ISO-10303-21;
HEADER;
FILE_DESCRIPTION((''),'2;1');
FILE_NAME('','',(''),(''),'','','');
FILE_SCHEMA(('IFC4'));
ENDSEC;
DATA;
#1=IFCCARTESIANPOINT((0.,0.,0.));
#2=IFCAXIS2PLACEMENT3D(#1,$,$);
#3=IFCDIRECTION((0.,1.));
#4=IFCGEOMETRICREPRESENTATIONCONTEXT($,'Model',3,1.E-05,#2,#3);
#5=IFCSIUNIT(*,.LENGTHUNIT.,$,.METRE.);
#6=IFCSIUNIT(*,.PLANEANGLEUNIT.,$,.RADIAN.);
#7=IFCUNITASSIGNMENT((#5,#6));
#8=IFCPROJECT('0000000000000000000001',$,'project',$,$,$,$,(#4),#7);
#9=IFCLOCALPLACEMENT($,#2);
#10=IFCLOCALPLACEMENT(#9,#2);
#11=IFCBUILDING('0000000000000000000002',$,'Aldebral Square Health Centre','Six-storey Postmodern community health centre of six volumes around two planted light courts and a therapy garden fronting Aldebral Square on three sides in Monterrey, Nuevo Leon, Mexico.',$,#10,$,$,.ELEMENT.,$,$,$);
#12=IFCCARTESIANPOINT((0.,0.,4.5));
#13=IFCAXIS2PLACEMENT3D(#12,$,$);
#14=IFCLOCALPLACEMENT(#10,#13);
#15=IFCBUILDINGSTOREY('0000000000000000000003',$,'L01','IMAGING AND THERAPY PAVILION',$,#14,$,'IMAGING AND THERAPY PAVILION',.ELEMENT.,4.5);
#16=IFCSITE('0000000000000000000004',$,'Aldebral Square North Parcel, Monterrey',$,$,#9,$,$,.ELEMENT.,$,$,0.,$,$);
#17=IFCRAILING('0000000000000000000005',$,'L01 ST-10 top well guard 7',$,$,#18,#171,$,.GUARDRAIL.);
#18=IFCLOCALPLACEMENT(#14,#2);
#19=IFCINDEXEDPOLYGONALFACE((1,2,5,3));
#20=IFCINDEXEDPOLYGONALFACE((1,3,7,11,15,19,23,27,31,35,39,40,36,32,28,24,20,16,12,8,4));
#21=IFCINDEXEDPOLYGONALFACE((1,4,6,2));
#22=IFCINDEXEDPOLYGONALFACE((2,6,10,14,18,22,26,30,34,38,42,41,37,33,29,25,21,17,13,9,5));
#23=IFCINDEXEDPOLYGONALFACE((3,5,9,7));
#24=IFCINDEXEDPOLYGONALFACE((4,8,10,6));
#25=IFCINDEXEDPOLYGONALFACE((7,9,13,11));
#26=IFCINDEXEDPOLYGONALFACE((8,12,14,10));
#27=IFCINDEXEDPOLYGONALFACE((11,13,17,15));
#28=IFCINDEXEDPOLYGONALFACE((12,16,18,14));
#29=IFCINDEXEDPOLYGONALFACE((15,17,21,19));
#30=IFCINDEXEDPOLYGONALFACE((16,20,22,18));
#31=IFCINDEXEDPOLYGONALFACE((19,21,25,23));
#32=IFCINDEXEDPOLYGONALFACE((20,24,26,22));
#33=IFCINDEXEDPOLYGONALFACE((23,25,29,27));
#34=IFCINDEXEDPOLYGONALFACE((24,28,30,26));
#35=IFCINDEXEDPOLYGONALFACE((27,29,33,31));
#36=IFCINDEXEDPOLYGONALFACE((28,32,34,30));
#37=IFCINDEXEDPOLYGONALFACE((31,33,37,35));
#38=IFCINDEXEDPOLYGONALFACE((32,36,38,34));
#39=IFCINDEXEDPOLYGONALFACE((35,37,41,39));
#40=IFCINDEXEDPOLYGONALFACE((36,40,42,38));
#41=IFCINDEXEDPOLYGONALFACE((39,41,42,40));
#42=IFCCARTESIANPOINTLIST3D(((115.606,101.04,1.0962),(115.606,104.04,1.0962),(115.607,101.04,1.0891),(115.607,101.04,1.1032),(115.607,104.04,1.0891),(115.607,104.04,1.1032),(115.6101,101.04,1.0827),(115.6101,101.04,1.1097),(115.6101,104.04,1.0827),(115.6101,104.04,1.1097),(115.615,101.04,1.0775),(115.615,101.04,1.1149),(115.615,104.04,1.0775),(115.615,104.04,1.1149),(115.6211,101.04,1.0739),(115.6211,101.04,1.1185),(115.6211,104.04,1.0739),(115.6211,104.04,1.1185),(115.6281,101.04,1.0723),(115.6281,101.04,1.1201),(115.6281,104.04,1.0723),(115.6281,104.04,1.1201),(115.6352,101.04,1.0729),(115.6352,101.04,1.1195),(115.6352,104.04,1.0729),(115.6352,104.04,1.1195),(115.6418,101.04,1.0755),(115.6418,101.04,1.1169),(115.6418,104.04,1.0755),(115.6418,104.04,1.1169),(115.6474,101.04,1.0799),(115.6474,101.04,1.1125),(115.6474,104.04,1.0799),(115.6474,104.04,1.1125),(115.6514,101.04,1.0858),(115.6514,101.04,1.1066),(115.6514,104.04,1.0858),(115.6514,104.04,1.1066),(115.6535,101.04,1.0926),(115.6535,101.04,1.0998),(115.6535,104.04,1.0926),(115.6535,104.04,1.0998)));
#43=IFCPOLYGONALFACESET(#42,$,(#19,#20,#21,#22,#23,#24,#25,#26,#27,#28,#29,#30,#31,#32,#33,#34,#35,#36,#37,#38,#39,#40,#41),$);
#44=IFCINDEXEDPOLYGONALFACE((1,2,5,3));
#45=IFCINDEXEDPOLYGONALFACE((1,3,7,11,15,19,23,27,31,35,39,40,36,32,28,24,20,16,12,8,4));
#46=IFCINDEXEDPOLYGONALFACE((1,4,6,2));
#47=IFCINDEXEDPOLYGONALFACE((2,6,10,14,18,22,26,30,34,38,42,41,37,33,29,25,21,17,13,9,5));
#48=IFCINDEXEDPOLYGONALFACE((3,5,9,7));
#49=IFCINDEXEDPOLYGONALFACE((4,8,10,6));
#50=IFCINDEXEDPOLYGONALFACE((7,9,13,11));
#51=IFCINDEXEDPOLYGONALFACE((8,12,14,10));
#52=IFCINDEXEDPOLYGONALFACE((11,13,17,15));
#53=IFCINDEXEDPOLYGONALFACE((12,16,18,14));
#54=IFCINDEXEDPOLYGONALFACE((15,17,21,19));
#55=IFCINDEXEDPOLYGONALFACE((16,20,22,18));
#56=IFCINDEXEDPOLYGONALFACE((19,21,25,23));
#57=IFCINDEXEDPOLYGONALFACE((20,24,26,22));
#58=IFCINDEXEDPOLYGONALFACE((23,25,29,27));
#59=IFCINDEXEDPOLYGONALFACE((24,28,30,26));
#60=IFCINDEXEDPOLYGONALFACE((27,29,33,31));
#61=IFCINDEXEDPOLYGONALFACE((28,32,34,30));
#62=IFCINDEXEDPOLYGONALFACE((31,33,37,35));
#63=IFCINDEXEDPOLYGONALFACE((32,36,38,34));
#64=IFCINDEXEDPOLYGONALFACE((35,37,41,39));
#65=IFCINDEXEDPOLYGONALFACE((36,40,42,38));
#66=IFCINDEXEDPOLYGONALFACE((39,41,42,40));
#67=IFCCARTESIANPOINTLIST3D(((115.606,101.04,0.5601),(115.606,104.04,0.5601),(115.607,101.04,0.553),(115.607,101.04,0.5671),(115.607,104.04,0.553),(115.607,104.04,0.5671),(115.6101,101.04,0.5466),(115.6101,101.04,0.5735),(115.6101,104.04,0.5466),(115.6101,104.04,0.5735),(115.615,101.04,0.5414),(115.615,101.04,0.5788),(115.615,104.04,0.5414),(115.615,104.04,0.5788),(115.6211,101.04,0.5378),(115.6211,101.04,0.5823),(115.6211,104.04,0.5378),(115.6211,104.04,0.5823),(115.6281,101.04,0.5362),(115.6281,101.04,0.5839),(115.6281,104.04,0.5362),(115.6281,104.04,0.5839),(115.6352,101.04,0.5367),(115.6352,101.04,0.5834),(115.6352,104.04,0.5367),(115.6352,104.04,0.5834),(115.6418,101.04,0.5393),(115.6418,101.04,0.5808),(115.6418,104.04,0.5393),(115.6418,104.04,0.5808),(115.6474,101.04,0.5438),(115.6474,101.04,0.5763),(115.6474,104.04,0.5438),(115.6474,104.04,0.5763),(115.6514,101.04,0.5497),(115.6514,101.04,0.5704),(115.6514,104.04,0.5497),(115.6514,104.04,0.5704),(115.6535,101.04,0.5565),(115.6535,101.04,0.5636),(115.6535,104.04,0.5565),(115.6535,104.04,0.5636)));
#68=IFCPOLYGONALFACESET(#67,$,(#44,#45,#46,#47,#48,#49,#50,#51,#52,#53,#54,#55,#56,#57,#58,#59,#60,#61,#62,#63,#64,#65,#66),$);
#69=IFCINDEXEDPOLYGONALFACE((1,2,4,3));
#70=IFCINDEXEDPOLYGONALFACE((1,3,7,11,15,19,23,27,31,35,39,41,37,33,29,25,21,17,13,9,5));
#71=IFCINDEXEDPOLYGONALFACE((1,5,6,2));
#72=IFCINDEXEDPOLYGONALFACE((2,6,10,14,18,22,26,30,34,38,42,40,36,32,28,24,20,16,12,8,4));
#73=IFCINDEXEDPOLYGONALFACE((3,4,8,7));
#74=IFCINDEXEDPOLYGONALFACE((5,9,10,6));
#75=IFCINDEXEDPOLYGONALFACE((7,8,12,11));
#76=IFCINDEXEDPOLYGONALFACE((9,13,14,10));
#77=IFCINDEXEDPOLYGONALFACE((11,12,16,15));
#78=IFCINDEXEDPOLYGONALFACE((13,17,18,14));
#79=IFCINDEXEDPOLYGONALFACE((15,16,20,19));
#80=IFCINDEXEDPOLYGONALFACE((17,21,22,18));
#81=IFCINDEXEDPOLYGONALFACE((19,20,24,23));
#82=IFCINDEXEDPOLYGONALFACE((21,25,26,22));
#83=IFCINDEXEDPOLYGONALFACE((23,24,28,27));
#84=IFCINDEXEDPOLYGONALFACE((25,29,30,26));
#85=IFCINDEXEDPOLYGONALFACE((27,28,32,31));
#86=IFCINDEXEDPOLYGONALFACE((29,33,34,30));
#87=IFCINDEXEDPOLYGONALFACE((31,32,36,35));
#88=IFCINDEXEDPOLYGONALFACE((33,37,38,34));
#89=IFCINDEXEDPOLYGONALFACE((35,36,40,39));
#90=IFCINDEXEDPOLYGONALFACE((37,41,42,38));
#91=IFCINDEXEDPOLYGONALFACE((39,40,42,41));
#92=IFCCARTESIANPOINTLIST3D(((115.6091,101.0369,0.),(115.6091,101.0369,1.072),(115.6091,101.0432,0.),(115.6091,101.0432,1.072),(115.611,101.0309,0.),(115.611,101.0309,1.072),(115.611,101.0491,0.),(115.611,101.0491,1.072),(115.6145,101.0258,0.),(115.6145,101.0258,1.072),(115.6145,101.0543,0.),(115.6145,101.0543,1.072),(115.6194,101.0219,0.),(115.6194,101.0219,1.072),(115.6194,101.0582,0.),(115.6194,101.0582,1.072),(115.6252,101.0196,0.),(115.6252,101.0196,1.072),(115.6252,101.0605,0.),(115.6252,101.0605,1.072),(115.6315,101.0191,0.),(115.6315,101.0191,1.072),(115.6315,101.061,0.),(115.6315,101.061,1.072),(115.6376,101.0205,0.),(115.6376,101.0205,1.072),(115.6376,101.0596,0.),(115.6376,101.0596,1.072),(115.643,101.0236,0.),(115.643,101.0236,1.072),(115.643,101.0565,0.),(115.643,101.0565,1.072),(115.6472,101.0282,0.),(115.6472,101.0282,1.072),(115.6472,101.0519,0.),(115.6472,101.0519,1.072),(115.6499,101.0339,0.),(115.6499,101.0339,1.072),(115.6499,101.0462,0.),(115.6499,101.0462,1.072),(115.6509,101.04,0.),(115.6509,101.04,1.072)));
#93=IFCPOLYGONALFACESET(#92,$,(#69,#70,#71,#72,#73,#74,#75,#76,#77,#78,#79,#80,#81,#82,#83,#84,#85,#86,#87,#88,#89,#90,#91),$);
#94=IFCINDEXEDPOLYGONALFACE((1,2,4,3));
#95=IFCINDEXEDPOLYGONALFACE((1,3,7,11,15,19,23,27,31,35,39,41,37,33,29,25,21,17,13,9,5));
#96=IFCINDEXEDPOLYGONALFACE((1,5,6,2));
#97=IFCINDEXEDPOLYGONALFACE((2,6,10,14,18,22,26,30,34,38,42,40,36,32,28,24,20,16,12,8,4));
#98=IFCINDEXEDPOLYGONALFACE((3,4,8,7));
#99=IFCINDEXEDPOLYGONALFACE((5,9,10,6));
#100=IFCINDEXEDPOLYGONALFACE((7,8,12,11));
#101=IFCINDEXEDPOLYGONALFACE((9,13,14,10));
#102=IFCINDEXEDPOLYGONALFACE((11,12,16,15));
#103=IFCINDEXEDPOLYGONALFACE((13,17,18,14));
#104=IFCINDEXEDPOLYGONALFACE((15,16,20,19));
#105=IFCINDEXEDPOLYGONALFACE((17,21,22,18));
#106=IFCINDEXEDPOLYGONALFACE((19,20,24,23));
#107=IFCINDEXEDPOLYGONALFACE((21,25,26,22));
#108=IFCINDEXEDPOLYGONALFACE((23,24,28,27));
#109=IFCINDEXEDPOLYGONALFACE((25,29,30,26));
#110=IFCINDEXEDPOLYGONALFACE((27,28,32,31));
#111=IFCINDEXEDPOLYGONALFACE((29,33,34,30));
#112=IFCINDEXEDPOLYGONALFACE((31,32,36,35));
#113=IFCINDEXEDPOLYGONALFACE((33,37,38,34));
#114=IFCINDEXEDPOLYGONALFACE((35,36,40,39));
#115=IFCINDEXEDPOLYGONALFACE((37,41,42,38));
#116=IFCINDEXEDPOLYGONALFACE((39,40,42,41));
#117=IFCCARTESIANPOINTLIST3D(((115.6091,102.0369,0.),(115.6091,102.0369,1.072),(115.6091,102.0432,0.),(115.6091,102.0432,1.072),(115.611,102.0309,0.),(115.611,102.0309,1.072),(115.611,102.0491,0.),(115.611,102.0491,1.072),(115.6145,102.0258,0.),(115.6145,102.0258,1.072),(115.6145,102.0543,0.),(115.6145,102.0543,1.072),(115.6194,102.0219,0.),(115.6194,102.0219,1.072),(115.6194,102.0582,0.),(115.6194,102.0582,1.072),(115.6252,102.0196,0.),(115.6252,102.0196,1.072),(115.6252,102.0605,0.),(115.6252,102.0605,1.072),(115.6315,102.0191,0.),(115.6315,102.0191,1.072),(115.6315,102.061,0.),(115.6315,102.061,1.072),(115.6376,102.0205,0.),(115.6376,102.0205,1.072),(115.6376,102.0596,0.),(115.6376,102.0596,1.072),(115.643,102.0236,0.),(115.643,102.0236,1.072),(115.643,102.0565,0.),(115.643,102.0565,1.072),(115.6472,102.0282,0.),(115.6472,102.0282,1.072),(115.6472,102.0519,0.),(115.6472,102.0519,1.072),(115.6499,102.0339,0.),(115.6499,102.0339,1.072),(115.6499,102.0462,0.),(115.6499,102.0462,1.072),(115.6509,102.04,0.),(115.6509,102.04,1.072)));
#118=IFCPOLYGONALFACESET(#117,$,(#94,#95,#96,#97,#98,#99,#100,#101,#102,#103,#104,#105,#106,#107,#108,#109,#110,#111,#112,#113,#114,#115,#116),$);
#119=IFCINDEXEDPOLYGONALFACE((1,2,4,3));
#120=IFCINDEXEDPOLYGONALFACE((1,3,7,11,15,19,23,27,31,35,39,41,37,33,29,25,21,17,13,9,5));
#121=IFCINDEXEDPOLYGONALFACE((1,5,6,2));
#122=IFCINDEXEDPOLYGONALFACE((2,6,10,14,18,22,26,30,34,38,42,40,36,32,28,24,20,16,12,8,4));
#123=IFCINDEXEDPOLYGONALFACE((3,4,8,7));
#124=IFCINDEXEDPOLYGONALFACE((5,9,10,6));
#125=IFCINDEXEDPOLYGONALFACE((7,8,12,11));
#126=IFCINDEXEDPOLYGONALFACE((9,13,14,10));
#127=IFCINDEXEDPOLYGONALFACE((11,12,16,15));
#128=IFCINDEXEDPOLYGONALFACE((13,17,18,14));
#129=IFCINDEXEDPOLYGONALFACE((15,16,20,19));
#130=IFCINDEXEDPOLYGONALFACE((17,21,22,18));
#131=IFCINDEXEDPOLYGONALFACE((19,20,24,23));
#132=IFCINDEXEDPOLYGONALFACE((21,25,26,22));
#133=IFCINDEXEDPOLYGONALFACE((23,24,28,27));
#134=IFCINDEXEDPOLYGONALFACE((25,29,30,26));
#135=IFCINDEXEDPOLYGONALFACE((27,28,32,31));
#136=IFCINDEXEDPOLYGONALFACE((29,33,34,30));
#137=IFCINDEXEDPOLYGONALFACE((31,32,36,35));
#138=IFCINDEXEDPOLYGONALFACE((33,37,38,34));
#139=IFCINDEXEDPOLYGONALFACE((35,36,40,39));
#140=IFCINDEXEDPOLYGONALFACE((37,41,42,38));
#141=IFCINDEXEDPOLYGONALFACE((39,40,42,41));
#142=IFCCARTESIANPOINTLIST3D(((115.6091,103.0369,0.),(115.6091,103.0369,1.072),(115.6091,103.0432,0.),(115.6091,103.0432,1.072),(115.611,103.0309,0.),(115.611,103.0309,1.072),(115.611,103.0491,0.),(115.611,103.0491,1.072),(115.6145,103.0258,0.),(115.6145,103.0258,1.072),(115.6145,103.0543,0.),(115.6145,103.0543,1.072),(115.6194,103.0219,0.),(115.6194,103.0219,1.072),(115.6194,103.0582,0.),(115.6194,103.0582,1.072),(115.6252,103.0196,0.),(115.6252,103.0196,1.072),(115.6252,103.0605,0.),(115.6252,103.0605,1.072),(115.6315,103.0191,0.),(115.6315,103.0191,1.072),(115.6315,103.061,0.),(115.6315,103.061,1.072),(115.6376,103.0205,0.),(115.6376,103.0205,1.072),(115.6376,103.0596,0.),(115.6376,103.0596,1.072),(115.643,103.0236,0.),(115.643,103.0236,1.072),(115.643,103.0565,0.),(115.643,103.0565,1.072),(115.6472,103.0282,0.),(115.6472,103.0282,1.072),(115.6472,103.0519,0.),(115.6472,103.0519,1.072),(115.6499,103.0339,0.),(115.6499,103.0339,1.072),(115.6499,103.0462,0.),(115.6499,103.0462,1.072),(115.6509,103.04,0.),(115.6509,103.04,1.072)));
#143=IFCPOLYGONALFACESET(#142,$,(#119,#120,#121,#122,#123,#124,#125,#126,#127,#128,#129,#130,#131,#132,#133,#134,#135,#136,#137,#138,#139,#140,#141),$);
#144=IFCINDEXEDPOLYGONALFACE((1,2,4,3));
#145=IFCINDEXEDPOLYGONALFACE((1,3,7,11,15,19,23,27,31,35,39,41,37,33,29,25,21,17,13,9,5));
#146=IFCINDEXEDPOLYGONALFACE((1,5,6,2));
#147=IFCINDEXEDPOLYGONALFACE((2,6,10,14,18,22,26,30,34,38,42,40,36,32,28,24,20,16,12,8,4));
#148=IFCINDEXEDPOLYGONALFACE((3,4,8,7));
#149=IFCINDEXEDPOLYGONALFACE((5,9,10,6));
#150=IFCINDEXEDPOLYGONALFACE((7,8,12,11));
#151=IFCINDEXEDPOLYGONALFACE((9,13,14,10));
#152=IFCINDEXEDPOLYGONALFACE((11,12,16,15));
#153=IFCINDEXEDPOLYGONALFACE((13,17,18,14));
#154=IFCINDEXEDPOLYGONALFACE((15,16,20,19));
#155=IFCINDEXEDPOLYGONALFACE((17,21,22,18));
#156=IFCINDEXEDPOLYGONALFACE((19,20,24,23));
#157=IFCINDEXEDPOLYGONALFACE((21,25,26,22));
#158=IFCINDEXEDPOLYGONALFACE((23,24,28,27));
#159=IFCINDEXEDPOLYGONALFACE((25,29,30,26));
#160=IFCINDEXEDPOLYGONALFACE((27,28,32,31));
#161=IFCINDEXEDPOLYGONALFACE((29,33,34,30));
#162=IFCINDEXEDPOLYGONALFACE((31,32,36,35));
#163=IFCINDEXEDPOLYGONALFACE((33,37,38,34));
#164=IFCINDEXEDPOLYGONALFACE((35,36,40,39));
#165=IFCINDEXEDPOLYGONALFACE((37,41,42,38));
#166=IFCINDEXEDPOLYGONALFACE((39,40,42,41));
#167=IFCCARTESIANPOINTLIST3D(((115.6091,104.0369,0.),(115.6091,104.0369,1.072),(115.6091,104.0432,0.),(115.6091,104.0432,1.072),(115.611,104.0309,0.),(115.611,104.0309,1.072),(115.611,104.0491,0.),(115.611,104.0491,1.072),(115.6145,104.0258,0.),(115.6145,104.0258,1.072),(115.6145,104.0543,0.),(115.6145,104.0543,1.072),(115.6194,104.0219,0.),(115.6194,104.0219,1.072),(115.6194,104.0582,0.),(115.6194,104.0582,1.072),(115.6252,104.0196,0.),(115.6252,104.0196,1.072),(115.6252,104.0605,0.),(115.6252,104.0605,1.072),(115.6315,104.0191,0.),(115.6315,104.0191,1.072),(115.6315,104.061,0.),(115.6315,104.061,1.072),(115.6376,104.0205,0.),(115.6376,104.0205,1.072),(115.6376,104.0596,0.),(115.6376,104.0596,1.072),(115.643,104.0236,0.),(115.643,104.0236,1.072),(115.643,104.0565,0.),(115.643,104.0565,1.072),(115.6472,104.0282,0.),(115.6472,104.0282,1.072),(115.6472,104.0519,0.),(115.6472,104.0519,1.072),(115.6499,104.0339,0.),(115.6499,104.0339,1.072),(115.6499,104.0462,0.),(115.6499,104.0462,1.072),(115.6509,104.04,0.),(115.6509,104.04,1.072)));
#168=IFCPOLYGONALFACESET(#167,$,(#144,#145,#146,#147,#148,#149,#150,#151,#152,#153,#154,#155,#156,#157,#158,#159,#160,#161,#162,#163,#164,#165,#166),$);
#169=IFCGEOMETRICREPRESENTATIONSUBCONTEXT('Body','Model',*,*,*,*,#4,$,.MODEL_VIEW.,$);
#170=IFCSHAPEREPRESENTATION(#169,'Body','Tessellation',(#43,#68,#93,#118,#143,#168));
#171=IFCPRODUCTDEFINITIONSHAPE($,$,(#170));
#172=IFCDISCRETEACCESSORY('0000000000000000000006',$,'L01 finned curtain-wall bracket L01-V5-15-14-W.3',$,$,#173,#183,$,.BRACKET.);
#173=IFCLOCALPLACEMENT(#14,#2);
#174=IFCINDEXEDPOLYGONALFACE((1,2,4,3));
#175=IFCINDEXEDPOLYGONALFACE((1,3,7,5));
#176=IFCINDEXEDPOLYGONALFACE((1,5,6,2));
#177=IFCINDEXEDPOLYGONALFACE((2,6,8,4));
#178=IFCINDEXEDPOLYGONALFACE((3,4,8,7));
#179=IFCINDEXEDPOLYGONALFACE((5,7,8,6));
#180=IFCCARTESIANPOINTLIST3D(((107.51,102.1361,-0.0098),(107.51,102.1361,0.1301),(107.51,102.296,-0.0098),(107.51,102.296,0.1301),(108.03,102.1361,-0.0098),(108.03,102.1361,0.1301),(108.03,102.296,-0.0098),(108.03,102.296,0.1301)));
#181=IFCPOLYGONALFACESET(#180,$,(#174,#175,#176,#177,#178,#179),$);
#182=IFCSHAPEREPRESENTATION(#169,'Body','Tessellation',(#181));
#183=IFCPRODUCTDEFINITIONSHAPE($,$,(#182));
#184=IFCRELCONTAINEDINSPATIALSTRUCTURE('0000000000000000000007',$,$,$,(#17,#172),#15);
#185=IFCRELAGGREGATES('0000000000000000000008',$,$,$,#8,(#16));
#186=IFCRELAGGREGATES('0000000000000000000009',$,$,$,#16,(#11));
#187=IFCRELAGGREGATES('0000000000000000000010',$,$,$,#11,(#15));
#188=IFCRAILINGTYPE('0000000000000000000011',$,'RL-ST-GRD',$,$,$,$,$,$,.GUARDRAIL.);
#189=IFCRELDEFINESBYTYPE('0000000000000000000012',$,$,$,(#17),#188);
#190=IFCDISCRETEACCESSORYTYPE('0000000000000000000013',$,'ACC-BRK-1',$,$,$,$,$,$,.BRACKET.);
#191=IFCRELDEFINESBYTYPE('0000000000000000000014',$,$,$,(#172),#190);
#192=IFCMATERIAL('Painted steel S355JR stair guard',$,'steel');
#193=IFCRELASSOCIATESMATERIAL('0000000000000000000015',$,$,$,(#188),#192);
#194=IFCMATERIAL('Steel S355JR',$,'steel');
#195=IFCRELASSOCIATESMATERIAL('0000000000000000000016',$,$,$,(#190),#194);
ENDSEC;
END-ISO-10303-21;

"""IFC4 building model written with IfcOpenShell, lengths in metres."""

from ifc_helpers import new_model, si_unit, direction, frame, origin, origin_2d, place, context, subcontext, project, spatial, rectangle, circle, extrude, material, type_object, element, save


model = new_model("IFC4")

# Units and contexts
model_context = context("Model", 3, precision=1e-05, world=origin(), true_north=direction((0.0, 1.0)))
body_context = subcontext(model_context, "Body", "Model", "MODEL_VIEW")
ifc_project = project(units=[si_unit("LENGTHUNIT", "METRE"), si_unit("PLANEANGLEUNIT", "RADIAN")], contexts=[model_context])

# Site, building, storey
site_placement = place(None, origin())
site = spatial("IfcSite", under=ifc_project, at=site_placement, Name="Aldebral Square North Parcel, Monterrey", CompositionType="ELEMENT", RefElevation=0.0)
building_placement = place(site_placement, origin())
building = spatial("IfcBuilding", under=site, at=building_placement, Name="Aldebral Square Health Centre", Description="Six-storey Postmodern community health centre of six volumes around two planted light courts and a therapy garden fronting Aldebral Square on three sides in Monterrey, Nuevo Leon, Mexico.", CompositionType="ELEMENT")
storey_placement = place(building_placement, frame((0.0, 0.0, 4.5)))
storey = spatial("IfcBuildingStorey", under=building, at=storey_placement, Name="L01", Description="IMAGING AND THERAPY PAVILION", LongName="IMAGING AND THERAPY PAVILION", CompositionType="ELEMENT", Elevation=4.5)

# Railing
ifc_material_1 = material(Name="Painted steel S355JR stair guard", Category="steel")
railing_type = type_object("IfcRailingType", Name="RL-ST-GRD", PredefinedType="GUARDRAIL", material=ifc_material_1)
railing_1_placement = place(storey_placement, frame((115.6299, 101.04, 0.0)))
element("IfcRailing", 1, at=railing_1_placement, inside=storey, type_object=railing_type, Name="L01 ST-10 top well guard 7", PredefinedType="GUARDRAIL", context=body_context, shape_type="SweptSolid", body=[
    extrude(circle(Radius=0.0239, at=origin_2d()), frame((0.0, 0.0, 1.0962), z_axis=(0.0, 1.0, 0.0), x_axis=(-1.0, 0.0, 0.0)), (0.0, 0.0, 1.0), 3.0),
    extrude(circle(Radius=0.0239, at=origin_2d()), frame((0.0, 0.0, 0.5601), z_axis=(0.0, 1.0, 0.0), x_axis=(-1.0, 0.0, 0.0)), (0.0, 0.0, 1.0), 3.0),
    extrude(circle(Radius=0.021, at=origin_2d()), origin(), (0.0, 0.0, 1.0), 1.072),
    extrude(circle(Radius=0.021, at=origin_2d()), frame((0.0, 1.0, 0.0)), (0.0, 0.0, 1.0), 1.072),
    extrude(circle(Radius=0.021, at=origin_2d()), frame((0.0, 2.0, 0.0)), (0.0, 0.0, 1.0), 1.072),
    extrude(circle(Radius=0.021, at=origin_2d()), frame((0.0, 3.0, 0.0)), (0.0, 0.0, 1.0), 1.072),
])

# Discrete accessory
ifc_material_2 = material(Name="Steel S355JR", Category="steel")
discrete_accessory_type = type_object("IfcDiscreteAccessoryType", Name="ACC-BRK-1", PredefinedType="BRACKET", material=ifc_material_2)
discrete_accessory_placement = place(storey_placement, frame((107.77, 102.2161, -0.0098), z_axis=(0.0, 0.0, 1.0), x_axis=(0.0, 1.0, 0.0)))
element("IfcDiscreteAccessory", 2, at=discrete_accessory_placement, inside=storey, type_object=discrete_accessory_type, Name="L01 finned curtain-wall bracket L01-V5-15-14-W.3", PredefinedType="BRACKET", context=body_context, shape_type="SweptSolid", body=[
    extrude(rectangle(XDim=0.1599, YDim=0.52, at=origin_2d()), origin(), (0.0, 0.0, 1.0), 0.1399),
])

save(model, "model.ifc")
